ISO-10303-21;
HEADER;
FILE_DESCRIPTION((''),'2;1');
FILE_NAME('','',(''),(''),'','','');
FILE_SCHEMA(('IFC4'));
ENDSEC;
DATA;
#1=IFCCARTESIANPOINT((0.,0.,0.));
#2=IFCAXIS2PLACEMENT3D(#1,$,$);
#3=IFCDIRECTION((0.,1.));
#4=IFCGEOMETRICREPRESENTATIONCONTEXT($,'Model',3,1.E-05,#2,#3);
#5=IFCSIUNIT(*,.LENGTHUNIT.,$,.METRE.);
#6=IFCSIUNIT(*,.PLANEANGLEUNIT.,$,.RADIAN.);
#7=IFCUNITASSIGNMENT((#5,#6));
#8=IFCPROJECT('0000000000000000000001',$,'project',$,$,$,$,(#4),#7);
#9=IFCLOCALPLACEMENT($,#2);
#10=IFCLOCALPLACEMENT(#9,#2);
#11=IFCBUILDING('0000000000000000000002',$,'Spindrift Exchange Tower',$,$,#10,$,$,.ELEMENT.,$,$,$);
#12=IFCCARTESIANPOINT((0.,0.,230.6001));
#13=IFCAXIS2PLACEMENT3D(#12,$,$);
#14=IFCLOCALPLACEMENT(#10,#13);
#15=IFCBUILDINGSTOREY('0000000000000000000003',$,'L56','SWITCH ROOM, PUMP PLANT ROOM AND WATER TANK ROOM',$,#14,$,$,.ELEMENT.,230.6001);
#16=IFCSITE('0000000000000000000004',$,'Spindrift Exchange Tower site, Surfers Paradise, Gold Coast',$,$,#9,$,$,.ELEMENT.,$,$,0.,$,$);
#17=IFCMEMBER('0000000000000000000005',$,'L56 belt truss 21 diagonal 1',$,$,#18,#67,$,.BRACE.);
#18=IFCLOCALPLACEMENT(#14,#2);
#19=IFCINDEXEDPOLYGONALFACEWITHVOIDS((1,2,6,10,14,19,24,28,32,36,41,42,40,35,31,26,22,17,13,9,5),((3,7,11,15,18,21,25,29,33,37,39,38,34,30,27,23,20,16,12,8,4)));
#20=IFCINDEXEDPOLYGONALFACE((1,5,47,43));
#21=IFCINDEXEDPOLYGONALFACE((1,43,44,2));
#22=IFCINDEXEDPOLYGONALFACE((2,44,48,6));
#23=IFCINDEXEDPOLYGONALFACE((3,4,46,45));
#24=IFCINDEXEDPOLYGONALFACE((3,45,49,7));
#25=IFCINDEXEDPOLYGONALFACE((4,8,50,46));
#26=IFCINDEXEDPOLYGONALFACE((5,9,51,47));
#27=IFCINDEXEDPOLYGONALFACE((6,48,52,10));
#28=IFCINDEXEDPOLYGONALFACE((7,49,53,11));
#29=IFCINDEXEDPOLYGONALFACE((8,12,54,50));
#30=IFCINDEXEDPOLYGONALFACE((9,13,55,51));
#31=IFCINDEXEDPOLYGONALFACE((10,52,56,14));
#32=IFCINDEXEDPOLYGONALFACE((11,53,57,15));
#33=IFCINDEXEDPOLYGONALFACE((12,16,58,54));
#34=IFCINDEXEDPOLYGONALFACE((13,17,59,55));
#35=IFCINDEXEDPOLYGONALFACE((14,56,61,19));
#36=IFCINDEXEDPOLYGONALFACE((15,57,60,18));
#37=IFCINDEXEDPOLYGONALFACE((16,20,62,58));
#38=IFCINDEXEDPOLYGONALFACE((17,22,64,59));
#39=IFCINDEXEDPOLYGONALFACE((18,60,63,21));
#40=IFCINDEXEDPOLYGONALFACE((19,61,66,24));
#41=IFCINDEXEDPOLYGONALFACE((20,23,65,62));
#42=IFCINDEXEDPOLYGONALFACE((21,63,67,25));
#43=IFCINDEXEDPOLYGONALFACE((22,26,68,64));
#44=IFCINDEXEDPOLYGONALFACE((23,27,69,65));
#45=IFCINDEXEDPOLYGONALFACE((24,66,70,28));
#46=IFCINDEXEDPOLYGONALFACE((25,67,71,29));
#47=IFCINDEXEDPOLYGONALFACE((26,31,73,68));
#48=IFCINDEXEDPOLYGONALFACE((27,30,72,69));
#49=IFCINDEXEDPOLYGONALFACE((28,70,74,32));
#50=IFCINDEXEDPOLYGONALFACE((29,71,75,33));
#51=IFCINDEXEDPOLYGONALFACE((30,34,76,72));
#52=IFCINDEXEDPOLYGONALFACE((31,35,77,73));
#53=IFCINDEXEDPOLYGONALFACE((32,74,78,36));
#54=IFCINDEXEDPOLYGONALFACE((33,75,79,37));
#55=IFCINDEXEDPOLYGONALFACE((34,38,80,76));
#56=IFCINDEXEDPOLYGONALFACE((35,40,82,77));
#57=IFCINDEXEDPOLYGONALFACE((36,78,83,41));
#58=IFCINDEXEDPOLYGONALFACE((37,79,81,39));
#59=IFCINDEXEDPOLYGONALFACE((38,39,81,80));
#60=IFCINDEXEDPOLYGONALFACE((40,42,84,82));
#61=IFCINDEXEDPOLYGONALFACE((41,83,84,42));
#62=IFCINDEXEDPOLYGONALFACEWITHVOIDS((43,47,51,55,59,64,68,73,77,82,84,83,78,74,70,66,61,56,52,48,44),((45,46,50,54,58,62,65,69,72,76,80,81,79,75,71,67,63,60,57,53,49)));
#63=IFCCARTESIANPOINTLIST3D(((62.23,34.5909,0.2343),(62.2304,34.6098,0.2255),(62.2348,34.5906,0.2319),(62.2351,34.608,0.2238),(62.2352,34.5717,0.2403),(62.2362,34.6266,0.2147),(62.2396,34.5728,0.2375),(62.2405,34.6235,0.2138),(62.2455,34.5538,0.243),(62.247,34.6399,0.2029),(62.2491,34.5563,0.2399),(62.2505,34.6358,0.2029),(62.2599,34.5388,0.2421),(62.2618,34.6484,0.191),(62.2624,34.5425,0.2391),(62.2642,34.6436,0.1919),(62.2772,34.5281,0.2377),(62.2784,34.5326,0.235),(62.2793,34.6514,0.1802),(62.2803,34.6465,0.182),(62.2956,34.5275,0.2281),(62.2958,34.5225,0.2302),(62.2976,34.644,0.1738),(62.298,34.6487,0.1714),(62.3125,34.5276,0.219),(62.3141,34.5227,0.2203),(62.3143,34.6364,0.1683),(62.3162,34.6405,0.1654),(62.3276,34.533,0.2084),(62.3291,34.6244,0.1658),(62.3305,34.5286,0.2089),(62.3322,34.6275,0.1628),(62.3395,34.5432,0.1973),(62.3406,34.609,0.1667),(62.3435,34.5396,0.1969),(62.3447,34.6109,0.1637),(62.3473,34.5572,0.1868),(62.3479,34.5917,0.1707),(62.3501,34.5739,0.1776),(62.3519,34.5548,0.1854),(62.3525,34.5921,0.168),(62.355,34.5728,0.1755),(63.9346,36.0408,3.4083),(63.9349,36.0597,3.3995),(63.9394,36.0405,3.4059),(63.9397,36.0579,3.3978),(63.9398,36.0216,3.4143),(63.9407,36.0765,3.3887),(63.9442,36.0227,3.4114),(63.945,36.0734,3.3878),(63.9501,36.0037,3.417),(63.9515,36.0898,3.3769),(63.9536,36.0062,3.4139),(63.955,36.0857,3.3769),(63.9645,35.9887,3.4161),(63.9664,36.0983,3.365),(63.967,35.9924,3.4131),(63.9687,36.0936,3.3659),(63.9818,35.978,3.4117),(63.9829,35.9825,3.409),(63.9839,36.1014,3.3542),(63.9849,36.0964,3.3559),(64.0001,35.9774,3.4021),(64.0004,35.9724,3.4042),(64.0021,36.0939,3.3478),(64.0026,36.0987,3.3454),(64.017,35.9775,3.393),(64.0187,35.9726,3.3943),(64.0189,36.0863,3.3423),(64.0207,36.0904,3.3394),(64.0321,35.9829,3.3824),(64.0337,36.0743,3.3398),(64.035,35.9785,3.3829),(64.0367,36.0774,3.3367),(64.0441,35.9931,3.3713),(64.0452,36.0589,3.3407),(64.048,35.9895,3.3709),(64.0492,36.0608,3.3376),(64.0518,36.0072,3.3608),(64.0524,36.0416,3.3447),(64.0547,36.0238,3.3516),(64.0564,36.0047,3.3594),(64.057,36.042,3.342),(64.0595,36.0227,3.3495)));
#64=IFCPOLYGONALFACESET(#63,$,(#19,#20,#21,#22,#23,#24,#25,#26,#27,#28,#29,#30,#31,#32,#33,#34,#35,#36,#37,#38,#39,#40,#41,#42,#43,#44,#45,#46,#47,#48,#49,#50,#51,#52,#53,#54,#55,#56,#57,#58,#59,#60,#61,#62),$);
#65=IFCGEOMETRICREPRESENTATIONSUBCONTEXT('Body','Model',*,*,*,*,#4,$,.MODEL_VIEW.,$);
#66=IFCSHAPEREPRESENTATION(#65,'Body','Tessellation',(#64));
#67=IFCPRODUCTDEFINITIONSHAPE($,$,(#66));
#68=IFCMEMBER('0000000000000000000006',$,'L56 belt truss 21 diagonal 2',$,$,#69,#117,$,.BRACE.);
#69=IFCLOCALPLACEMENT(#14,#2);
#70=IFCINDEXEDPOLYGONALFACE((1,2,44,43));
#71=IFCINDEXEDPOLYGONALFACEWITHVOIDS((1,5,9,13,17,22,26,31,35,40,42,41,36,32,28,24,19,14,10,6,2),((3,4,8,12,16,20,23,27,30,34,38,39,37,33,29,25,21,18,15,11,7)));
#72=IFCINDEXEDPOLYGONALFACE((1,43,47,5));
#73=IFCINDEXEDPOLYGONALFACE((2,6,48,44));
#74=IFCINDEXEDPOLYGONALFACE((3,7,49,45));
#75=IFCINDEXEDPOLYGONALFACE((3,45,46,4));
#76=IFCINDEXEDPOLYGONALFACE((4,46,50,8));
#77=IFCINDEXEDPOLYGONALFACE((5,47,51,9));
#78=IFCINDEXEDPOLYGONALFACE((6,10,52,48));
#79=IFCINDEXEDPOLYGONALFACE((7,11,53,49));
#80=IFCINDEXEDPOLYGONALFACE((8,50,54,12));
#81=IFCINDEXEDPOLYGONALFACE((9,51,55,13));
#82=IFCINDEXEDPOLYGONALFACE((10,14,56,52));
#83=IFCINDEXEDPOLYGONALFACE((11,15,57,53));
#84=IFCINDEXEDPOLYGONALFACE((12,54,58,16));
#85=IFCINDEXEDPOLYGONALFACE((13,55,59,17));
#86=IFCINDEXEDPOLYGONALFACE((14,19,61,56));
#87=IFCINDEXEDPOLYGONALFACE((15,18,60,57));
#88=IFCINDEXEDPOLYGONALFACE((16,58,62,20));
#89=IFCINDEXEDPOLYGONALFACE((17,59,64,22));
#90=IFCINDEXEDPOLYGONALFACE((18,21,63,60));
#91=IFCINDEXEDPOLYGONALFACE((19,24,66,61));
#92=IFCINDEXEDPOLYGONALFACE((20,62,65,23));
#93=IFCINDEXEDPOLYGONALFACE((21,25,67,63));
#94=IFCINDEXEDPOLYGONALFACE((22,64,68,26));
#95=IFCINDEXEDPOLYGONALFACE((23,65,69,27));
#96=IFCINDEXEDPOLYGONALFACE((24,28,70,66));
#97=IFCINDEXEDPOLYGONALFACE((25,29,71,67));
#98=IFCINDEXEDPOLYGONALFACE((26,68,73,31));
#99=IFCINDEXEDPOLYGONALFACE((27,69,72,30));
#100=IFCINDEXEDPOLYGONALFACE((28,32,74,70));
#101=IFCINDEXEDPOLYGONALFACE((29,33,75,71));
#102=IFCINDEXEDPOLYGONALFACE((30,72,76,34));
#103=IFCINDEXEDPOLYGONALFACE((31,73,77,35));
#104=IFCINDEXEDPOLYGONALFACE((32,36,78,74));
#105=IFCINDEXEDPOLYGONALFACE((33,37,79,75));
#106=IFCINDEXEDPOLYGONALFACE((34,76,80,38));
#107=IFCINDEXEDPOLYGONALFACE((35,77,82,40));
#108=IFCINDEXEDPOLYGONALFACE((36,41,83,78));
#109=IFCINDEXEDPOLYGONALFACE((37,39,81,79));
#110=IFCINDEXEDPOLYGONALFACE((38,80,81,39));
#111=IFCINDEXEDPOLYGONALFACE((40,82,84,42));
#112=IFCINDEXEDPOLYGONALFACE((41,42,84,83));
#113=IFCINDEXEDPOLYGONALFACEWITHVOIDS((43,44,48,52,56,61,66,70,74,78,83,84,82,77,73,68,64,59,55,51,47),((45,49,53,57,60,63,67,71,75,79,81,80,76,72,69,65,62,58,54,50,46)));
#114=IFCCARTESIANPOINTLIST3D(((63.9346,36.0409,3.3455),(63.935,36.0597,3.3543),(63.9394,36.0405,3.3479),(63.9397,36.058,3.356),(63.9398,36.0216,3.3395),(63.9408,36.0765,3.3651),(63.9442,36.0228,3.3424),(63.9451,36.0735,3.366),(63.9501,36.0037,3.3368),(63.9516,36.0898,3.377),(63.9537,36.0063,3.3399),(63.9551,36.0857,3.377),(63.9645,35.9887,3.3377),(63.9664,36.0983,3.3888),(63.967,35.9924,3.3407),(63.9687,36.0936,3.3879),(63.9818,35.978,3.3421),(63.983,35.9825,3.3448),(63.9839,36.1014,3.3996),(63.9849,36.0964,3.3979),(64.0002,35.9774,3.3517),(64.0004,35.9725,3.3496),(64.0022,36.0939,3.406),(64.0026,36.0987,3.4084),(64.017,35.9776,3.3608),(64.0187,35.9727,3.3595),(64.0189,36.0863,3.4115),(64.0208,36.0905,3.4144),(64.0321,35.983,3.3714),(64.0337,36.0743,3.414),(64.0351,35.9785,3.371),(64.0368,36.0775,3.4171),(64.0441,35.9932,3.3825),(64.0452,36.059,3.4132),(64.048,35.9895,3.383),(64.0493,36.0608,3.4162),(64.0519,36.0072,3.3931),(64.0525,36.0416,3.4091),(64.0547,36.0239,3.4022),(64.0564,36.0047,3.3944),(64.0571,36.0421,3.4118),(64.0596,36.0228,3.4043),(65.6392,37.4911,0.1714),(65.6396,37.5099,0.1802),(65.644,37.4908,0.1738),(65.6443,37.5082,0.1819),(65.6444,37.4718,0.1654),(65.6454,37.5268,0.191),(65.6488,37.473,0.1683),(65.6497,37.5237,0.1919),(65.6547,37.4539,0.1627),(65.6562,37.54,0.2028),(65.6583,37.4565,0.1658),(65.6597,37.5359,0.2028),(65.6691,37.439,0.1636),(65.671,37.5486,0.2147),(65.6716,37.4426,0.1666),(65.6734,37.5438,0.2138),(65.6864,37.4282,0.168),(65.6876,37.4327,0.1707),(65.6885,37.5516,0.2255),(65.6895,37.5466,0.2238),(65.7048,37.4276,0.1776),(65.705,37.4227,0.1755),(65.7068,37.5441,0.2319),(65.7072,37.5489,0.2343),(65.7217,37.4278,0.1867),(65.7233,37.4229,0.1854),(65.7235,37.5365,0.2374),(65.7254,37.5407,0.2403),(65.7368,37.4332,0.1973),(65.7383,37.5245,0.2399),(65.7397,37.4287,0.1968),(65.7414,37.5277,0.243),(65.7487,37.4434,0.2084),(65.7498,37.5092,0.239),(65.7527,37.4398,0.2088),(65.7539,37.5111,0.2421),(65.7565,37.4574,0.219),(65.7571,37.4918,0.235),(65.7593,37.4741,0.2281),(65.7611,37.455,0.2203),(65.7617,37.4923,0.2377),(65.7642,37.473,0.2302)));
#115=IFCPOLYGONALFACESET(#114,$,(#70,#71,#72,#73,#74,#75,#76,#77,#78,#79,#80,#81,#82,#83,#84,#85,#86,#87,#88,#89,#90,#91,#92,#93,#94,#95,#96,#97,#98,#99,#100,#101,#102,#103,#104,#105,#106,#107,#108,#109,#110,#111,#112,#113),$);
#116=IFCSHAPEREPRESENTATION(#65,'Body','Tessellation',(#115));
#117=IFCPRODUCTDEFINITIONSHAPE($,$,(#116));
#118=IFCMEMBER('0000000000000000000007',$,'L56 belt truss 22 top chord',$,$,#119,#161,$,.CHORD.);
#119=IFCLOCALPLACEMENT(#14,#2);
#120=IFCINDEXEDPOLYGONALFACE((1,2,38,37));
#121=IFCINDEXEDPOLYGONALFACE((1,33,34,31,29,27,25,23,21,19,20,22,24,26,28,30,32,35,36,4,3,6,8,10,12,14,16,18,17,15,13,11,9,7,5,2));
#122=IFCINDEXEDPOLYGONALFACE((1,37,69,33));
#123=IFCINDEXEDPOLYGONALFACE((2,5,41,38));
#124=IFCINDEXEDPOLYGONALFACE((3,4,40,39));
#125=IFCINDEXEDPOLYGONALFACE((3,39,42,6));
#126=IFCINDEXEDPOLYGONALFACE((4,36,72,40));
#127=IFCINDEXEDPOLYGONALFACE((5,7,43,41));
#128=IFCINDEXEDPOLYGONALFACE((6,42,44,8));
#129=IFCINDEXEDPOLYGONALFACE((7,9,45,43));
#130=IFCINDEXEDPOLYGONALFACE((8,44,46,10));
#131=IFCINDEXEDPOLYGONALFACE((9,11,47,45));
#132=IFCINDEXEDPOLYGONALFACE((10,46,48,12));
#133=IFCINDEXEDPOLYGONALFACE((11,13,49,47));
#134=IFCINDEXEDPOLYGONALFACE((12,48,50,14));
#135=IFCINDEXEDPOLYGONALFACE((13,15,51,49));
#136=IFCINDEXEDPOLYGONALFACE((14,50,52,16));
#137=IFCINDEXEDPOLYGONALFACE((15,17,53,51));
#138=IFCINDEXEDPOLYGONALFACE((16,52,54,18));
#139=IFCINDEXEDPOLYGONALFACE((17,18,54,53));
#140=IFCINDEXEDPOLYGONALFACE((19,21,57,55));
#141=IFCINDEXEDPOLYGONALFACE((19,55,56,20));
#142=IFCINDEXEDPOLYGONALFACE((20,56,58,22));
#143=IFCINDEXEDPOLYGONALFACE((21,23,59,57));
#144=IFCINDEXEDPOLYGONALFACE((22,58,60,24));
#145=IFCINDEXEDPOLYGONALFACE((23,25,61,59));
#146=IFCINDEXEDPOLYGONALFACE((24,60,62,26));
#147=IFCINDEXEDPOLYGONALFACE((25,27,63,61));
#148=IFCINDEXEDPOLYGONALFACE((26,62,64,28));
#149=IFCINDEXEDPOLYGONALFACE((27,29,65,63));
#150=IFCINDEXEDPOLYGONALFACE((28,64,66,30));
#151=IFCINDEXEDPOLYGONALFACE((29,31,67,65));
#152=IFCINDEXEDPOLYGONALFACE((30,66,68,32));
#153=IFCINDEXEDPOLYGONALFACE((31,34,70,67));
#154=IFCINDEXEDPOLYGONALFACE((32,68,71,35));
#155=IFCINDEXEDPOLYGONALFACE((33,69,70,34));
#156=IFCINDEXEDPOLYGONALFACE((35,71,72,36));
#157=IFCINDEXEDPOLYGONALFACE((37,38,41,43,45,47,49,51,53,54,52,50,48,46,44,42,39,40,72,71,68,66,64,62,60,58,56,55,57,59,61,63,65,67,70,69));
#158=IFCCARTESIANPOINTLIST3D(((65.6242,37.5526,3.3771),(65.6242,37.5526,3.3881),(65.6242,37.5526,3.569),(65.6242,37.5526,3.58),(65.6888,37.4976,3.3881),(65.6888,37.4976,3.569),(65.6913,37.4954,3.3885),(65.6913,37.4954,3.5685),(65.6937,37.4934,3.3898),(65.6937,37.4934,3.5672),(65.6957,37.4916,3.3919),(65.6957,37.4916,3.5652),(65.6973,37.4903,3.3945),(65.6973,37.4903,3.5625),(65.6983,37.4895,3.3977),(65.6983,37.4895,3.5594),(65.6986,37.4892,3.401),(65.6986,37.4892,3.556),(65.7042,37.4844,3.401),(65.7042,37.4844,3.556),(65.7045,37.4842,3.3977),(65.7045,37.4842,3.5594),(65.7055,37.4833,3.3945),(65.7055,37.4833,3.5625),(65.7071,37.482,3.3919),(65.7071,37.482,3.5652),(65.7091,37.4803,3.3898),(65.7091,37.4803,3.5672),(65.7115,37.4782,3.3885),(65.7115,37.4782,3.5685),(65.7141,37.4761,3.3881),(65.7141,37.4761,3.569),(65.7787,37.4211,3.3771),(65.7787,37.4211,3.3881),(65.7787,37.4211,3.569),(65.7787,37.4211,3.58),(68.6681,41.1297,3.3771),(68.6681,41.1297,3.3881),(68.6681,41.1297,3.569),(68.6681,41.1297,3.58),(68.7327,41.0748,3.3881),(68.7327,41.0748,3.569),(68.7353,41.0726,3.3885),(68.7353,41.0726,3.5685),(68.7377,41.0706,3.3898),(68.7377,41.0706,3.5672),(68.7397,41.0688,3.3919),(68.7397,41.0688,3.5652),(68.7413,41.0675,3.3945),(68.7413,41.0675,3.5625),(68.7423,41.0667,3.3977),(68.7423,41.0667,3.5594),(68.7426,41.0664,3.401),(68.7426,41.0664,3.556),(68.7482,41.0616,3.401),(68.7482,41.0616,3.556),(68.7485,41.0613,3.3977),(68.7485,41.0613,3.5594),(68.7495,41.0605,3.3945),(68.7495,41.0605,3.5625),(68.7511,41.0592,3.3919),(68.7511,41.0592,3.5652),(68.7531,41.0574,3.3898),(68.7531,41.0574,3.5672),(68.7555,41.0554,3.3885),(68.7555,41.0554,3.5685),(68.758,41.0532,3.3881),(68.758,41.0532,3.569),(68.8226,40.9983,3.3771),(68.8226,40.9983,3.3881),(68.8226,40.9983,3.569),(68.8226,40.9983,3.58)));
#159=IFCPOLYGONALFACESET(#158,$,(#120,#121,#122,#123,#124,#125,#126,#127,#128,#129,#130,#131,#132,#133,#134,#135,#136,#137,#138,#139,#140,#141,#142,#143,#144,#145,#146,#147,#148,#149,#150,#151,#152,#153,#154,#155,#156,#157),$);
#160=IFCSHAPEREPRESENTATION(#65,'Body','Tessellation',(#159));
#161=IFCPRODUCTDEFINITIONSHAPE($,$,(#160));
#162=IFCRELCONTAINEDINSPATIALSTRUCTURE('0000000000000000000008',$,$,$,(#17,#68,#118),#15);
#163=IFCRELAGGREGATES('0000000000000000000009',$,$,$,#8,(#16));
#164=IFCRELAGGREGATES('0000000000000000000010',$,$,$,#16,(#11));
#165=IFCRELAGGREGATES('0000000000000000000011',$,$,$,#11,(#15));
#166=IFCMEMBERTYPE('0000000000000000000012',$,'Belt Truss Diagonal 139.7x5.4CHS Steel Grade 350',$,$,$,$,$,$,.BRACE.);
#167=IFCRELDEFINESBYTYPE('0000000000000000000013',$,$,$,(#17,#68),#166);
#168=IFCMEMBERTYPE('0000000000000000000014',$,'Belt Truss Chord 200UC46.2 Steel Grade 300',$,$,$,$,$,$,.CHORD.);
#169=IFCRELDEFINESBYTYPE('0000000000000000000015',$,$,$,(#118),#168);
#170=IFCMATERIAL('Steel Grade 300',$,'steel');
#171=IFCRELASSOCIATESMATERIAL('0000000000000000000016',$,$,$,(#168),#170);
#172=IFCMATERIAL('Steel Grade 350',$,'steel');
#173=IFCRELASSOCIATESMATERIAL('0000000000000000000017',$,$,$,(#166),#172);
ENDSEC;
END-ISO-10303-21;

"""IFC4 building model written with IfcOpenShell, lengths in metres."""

from ifc_helpers import new_model, si_unit, direction, frame, origin, origin_2d, place, context, subcontext, project, spatial, hollow_circle, i_section, extrude, source, transform, mapped, material, material_profile, profile_set, type_object, element, save


model = new_model("IFC4")

# Units and contexts
model_context = context("Model", 3, precision=1e-05, world=origin(), true_north=direction((0.0, 1.0)))
body_context = subcontext(model_context, "Body", "Model", "MODEL_VIEW")
ifc_project = project(units=[si_unit("LENGTHUNIT", "METRE"), si_unit("PLANEANGLEUNIT", "RADIAN")], contexts=[model_context])

# Site, building, storey
site_placement = place(None, origin())
site = spatial("IfcSite", under=ifc_project, at=site_placement, Name="Spindrift Exchange Tower site, Surfers Paradise, Gold Coast", CompositionType="ELEMENT", RefElevation=0.0)
building_placement = place(site_placement, origin())
building = spatial("IfcBuilding", under=site, at=building_placement, Name="Spindrift Exchange Tower", CompositionType="ELEMENT")
storey_placement = place(building_placement, frame((0.0, 0.0, 230.6001)))
storey = spatial("IfcBuildingStorey", under=building, at=storey_placement, Name="L56", Description="SWITCH ROOM, PUMP PLANT ROOM AND WATER TANK ROOM", CompositionType="ELEMENT", Elevation=230.6001)

# Shared definitions
ifc_material_1 = material(Name="Steel Grade 300", Category="steel")

# Members
ifc_material_profile_1 = material_profile(ifc_material_1, i_section(OverallWidth=0.2029, OverallDepth=0.2029, WebThickness=0.0073, FlangeThickness=0.011, FilletRadius=0.0129, at=origin_2d()), Name="200UC46.2")
ifc_profile_set_1 = profile_set([ifc_material_profile_1], Name="Steel Grade 300")
member_type_1 = type_object("IfcMemberType", Name="Belt Truss Chord 200UC46.2 Steel Grade 300", PredefinedType="CHORD", material=ifc_profile_set_1)
ifc_material_2 = material(Name="Steel Grade 350", Category="steel")
ifc_material_profile_2 = material_profile(ifc_material_2, hollow_circle(Radius=0.0698, WallThickness=0.0054, at=origin_2d()), Name="139.7x5.4CHS")
ifc_profile_set_2 = profile_set([ifc_material_profile_2], Name="Steel Grade 350")
member_type_2 = type_object("IfcMemberType", Name="Belt Truss Diagonal 139.7x5.4CHS Steel Grade 350", PredefinedType="BRACE", material=ifc_profile_set_2)
shared_shape_1 = source(origin(), body_context, "Body", "SweptSolid", [
    extrude(hollow_circle(Radius=0.0698, WallThickness=0.0054, at=origin_2d()), origin(), (0.0, 0.0, 1.0), 3.8835),
])
member_1_placement = place(storey_placement, frame((62.2922, 34.5867, 0.2029), z_axis=(0.438915, 0.373348, 0.817291), x_axis=(-0.647921, 0.761708, 0.0)))
element("IfcMember", 1, at=member_1_placement, inside=storey, type_object=member_type_2, Name="L56 belt truss 21 diagonal 1", PredefinedType="BRACE", context=body_context, shape_type="MappedRepresentation", body=[
    mapped(shared_shape_1, transform((0.0, 0.0, 0.0), scale=1.0)),
])
shared_shape_2 = source(origin(), body_context, "Body", "SweptSolid", [
    extrude(hollow_circle(Radius=0.0698, WallThickness=0.0054, at=origin_2d()), origin(), (0.0, 0.0, 1.0), 3.8838),
])
member_2_placement = place(storey_placement, frame((63.9968, 36.0366, 3.377), z_axis=(0.438904, 0.373402, -0.817272), x_axis=(-0.647984, 0.761654, 0.0)))
element("IfcMember", 2, at=member_2_placement, inside=storey, type_object=member_type_2, Name="L56 belt truss 21 diagonal 2", PredefinedType="BRACE", context=body_context, shape_type="MappedRepresentation", body=[
    mapped(shared_shape_2, transform((0.0, 0.0, 0.0), scale=1.0)),
])
shared_shape_3 = source(origin(), body_context, "Body", "SweptSolid", [
    extrude(i_section(OverallWidth=0.2029, OverallDepth=0.2029, WebThickness=0.0073, FlangeThickness=0.011, FilletRadius=0.0129, at=origin_2d()), origin(), (0.0, 0.0, 1.0), 4.697),
])
for number, where, z_axis, x_axis, name in (
    (3, (65.7014, 37.4868, 3.4785), (0.648065, 0.761585, 0.0), (-0.761585, 0.648065, 0.0), "L56 belt truss 22 top chord"),
):
    element("IfcMember", number, at=place(storey_placement, frame(where, z_axis=z_axis, x_axis=x_axis)), inside=storey, type_object=member_type_1, Name=name, PredefinedType="CHORD", context=body_context, shape_type="MappedRepresentation", body=[
        mapped(shared_shape_3, transform((0.0, 0.0, 0.0), scale=1.0)),
    ])

save(model, "model.ifc")
